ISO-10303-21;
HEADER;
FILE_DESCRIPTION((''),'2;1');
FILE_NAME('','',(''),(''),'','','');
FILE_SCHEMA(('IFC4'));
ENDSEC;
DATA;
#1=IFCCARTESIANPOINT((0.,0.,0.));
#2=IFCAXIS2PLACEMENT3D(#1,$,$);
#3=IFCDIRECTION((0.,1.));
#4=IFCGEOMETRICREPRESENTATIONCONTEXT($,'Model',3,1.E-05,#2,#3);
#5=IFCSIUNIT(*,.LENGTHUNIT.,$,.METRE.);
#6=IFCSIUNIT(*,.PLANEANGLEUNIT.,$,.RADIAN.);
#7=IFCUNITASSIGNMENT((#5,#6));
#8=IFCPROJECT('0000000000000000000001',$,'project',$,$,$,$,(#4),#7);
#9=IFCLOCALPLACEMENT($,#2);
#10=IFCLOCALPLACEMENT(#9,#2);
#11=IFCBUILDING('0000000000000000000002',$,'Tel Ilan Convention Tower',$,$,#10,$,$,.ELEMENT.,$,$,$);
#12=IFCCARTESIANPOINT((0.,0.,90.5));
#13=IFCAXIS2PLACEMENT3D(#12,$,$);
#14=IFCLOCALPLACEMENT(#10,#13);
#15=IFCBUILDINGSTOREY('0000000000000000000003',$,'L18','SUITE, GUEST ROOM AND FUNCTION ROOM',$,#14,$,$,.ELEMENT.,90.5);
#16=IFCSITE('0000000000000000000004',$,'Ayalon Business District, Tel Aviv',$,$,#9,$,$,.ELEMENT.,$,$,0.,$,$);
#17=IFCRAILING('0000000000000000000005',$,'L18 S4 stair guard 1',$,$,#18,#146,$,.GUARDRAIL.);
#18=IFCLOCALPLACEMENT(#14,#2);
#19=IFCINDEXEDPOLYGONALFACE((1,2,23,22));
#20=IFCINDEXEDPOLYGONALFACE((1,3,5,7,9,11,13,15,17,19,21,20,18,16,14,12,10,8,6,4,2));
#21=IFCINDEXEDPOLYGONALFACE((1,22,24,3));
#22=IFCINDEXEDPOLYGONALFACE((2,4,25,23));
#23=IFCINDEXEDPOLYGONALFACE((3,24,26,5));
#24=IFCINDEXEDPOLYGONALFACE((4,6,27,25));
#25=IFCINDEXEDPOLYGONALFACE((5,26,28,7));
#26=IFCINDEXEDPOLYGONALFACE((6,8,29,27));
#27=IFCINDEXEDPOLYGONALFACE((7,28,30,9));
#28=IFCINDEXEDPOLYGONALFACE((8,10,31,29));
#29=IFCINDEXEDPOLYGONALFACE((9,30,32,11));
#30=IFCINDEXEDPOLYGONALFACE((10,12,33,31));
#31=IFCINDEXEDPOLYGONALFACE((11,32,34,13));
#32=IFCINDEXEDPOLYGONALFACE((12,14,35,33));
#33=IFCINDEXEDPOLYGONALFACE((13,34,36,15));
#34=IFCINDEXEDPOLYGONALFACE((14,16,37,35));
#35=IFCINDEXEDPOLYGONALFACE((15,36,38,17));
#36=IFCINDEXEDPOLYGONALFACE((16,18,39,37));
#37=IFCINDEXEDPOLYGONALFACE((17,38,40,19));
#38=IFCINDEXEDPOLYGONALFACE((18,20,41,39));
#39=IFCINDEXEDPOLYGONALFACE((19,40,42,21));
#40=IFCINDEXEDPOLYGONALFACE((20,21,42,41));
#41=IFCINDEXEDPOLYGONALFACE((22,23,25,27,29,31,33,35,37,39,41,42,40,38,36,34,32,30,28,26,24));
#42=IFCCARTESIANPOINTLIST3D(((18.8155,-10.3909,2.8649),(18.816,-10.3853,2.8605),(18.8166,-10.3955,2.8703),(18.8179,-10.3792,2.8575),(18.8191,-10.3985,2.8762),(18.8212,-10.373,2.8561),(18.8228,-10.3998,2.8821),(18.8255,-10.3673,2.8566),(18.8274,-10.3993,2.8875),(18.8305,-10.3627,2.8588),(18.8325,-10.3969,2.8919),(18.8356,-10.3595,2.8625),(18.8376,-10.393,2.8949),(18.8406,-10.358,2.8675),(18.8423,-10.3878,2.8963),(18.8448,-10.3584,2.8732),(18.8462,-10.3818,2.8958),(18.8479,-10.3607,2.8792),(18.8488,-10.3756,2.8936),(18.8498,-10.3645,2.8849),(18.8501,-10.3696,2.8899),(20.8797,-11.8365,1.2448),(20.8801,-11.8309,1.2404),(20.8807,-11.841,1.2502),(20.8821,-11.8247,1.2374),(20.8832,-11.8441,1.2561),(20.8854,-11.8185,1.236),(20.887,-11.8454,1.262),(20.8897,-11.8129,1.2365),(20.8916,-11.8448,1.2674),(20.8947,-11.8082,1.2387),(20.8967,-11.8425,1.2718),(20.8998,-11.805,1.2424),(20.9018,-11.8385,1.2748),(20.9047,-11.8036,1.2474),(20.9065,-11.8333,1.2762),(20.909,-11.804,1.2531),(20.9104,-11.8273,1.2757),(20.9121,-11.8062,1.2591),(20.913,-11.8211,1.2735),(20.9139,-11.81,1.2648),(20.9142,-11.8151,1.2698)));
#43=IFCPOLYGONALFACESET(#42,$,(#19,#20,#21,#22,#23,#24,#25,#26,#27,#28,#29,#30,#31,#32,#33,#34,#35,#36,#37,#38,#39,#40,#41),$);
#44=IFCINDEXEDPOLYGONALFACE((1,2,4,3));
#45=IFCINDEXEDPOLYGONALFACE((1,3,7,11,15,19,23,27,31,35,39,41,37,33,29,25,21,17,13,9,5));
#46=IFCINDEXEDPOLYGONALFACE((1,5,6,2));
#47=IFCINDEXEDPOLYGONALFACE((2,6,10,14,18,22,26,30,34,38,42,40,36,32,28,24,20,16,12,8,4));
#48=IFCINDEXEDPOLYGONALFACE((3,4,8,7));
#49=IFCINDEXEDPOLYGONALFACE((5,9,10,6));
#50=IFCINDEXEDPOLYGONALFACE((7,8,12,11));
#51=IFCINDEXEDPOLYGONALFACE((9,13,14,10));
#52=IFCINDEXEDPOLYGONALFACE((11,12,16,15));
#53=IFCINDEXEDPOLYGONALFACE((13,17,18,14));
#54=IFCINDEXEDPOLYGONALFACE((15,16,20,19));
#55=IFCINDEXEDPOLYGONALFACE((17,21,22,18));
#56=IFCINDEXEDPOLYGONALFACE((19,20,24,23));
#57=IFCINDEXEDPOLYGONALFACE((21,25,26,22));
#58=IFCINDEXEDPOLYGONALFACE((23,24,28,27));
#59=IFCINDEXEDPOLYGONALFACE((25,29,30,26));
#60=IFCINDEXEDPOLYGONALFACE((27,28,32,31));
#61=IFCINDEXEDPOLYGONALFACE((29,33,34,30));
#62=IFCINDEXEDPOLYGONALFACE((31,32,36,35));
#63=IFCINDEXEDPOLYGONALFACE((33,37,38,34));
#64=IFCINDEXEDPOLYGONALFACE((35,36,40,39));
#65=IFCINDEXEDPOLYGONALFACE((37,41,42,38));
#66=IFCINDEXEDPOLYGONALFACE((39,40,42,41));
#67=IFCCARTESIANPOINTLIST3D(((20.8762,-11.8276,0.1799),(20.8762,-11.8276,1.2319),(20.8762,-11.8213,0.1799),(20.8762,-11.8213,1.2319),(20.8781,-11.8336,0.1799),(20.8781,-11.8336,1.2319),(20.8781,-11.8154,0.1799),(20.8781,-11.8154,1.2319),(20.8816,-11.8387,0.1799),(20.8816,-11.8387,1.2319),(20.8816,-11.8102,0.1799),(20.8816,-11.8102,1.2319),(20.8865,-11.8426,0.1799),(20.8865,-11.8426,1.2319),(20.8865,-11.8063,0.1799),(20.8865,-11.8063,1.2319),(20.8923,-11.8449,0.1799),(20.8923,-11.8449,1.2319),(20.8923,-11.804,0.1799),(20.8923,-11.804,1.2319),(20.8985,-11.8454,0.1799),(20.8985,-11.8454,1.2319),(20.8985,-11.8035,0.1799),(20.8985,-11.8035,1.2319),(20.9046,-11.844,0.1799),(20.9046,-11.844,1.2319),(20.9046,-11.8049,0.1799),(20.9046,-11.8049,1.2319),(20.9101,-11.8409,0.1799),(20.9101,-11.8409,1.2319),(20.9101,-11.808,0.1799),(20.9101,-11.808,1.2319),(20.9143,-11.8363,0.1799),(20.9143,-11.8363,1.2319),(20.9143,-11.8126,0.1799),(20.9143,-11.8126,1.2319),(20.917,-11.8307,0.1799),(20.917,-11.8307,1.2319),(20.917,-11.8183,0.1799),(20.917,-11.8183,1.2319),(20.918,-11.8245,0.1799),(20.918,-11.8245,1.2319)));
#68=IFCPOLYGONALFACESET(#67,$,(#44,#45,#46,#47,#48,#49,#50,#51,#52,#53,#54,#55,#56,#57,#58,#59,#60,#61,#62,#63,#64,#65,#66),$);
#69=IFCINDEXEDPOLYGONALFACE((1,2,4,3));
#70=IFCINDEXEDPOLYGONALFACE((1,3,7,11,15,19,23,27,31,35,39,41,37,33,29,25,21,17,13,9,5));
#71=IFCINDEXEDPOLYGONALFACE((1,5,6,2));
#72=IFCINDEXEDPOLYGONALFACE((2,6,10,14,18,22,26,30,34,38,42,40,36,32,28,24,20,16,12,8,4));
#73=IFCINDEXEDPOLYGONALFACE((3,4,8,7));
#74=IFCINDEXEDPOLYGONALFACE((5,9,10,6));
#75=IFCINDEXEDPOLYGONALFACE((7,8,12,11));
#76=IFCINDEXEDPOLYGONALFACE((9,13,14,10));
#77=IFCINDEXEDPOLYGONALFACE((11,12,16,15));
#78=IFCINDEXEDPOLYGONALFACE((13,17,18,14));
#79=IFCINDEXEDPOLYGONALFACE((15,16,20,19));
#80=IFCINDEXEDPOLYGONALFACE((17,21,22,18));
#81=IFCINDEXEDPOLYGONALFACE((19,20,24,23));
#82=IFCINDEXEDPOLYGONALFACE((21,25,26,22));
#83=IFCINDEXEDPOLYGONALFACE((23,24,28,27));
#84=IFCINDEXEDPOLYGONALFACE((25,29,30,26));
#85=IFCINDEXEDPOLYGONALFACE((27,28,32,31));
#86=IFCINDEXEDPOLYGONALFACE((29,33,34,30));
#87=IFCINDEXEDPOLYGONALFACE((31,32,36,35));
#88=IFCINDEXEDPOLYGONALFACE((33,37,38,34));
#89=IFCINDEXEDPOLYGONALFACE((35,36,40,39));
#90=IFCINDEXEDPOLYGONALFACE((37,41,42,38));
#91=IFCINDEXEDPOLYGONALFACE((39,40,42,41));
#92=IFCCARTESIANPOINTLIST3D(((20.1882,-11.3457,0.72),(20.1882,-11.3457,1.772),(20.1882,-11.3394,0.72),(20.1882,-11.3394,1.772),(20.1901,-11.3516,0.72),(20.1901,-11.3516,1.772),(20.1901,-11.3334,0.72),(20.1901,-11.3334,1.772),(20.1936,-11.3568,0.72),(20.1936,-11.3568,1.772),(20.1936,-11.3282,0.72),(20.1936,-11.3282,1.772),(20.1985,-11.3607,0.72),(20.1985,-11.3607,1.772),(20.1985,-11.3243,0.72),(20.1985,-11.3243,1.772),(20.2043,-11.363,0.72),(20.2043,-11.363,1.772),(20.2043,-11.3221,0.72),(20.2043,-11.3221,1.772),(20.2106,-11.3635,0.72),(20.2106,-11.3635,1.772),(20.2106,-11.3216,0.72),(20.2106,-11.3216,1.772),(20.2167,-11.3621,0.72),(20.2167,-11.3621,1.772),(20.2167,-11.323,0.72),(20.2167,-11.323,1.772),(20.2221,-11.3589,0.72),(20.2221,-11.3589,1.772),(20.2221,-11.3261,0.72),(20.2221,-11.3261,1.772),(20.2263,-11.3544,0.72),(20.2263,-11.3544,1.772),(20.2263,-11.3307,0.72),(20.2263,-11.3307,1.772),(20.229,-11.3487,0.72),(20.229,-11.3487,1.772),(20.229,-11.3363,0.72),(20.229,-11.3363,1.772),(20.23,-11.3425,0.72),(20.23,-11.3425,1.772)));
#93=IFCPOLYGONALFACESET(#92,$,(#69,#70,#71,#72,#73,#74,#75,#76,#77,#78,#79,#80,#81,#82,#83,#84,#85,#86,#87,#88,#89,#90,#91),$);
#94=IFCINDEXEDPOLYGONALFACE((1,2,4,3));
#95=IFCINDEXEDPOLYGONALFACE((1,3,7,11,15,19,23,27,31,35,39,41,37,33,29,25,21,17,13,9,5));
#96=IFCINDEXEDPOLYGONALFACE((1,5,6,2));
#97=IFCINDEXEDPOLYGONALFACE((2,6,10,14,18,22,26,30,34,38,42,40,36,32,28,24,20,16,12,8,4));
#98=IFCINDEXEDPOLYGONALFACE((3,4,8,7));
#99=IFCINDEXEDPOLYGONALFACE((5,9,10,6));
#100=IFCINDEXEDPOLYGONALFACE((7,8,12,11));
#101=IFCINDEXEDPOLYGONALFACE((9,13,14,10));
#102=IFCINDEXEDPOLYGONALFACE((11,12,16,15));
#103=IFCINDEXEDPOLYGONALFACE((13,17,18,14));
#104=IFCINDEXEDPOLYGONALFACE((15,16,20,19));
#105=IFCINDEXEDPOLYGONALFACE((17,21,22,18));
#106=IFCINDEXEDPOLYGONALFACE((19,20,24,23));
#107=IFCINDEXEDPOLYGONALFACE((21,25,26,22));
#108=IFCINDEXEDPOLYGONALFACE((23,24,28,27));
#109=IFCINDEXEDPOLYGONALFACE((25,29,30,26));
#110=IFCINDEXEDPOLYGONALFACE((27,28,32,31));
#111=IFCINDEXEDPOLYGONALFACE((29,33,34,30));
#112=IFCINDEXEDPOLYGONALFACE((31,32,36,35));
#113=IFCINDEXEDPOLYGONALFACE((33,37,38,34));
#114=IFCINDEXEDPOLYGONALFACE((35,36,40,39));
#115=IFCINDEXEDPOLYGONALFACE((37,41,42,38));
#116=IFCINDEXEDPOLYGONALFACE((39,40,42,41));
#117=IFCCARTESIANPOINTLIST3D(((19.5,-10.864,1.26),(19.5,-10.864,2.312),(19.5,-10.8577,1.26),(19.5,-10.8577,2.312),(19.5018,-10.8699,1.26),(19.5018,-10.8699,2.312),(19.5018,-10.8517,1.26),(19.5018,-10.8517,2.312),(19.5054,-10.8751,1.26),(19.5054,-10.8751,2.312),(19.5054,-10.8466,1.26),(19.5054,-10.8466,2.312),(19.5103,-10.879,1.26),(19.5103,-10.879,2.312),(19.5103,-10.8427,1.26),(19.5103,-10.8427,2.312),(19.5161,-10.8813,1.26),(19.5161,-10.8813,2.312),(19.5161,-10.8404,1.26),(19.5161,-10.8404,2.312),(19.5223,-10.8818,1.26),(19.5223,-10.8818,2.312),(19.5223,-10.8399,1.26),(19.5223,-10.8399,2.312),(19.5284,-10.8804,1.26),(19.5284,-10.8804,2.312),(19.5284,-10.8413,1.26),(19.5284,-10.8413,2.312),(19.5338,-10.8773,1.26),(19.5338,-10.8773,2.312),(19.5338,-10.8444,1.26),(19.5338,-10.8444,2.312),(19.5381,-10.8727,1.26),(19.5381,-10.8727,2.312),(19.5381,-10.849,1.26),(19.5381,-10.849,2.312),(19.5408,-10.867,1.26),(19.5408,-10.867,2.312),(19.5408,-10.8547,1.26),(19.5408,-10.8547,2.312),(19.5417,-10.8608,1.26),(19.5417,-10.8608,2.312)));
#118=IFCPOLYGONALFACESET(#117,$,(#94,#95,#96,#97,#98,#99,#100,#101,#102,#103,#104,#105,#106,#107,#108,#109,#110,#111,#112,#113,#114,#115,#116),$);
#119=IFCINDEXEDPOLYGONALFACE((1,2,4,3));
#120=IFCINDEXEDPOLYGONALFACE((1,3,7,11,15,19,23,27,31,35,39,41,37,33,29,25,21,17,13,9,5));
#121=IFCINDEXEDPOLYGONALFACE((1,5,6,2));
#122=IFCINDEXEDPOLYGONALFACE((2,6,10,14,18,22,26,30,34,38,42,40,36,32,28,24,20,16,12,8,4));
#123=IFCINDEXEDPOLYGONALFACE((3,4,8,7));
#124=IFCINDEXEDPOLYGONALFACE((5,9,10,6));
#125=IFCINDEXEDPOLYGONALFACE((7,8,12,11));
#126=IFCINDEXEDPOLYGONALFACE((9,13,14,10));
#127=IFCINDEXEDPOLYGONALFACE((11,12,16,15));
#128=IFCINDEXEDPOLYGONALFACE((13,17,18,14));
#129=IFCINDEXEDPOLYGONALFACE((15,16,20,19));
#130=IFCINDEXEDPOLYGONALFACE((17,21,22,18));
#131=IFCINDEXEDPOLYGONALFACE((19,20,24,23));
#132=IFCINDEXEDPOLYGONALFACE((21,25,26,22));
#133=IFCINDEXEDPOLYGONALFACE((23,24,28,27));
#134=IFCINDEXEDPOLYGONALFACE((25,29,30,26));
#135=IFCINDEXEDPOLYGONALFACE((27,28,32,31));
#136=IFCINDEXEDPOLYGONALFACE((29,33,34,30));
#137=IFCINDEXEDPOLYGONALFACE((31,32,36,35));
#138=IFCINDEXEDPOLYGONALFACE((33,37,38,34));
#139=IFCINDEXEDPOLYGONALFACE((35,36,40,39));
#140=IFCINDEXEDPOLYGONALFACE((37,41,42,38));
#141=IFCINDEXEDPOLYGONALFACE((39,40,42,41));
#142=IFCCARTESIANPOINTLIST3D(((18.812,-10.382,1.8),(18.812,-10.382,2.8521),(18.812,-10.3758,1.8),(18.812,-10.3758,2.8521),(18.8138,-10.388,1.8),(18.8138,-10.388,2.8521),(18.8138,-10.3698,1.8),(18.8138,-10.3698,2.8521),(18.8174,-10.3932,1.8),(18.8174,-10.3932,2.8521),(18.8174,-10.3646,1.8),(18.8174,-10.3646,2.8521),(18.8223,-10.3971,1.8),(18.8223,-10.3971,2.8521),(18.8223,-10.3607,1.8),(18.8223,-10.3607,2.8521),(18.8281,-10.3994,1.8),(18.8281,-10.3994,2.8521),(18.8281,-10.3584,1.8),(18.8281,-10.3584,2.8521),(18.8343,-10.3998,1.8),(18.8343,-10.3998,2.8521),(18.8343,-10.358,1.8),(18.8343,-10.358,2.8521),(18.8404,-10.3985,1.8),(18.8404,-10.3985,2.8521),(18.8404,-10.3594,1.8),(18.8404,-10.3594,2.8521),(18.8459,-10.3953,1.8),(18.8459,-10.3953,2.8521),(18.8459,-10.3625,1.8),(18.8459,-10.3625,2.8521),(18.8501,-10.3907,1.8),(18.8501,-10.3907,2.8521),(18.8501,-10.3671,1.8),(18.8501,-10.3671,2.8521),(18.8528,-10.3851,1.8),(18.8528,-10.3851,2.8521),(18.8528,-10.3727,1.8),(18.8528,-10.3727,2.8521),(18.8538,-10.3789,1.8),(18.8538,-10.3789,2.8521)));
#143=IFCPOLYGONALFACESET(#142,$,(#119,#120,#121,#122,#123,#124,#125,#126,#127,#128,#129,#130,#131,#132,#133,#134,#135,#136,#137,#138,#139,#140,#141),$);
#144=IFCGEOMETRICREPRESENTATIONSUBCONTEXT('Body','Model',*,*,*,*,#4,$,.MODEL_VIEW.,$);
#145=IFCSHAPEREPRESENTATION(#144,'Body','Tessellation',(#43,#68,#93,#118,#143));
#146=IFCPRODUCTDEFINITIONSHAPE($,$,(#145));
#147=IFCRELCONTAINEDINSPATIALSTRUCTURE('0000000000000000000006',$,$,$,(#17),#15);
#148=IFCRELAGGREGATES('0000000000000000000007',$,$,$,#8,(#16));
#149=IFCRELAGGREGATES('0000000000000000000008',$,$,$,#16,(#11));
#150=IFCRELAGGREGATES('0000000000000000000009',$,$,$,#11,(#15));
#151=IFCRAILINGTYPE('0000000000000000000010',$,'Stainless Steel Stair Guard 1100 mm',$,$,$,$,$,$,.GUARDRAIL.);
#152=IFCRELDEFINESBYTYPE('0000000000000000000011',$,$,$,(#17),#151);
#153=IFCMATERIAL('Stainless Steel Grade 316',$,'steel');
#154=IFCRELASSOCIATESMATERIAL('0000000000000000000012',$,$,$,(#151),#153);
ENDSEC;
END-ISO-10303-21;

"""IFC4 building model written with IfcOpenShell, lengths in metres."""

from ifc_helpers import new_model, si_unit, direction, frame, origin, origin_2d, place, context, subcontext, project, spatial, circle, extrude, material, type_object, element, save


model = new_model("IFC4")

# Units and contexts
model_context = context("Model", 3, precision=1e-05, world=origin(), true_north=direction((0.0, 1.0)))
body_context = subcontext(model_context, "Body", "Model", "MODEL_VIEW")
ifc_project = project(units=[si_unit("LENGTHUNIT", "METRE"), si_unit("PLANEANGLEUNIT", "RADIAN")], contexts=[model_context])

# Site, building, storey
site_placement = place(None, origin())
site = spatial("IfcSite", under=ifc_project, at=site_placement, Name="Ayalon Business District, Tel Aviv", CompositionType="ELEMENT", RefElevation=0.0)
building_placement = place(site_placement, origin())
building = spatial("IfcBuilding", under=site, at=building_placement, Name="Tel Ilan Convention Tower", CompositionType="ELEMENT")
storey_placement = place(building_placement, frame((0.0, 0.0, 90.5)))
storey = spatial("IfcBuildingStorey", under=building, at=storey_placement, Name="L18", Description="SUITE, GUEST ROOM AND FUNCTION ROOM", CompositionType="ELEMENT", Elevation=90.5)

# Railing
ifc_material_1 = material(Name="Stainless Steel Grade 316", Category="steel")
railing_type_1 = type_object("IfcRailingType", Name="Stainless Steel Stair Guard 1100 mm", PredefinedType="GUARDRAIL", material=ifc_material_1)
railing_1_placement = place(storey_placement, frame((20.897, -11.8245, 0.1799)))
element("IfcRailing", 1, at=railing_1_placement, inside=storey, type_object=railing_type_1, Name="L18 S4 stair guard 1", PredefinedType="GUARDRAIL", context=body_context, shape_type="SweptSolid", body=[
    extrude(circle(Radius=0.0239, at=origin_2d()), frame((0.0, 0.0, 1.0762), z_axis=(-0.689013, 0.482513, 0.540779), x_axis=(-0.573625, -0.819118, 0.0)), (0.0, 0.0, 1.0), 2.9958),
    extrude(circle(Radius=0.021, at=origin_2d()), origin(), (0.0, 0.0, 1.0), 1.052),
    extrude(circle(Radius=0.021, at=origin_2d()), frame((-0.688, 0.4819, 0.54)), (0.0, 0.0, 1.0), 1.052),
    extrude(circle(Radius=0.021, at=origin_2d()), frame((-1.3762, 0.9636, 1.0801)), (0.0, 0.0, 1.0), 1.052),
    extrude(circle(Radius=0.021, at=origin_2d()), frame((-2.0642, 1.4456, 1.6201)), (0.0, 0.0, 1.0), 1.052),
])

save(model, "model.ifc")
